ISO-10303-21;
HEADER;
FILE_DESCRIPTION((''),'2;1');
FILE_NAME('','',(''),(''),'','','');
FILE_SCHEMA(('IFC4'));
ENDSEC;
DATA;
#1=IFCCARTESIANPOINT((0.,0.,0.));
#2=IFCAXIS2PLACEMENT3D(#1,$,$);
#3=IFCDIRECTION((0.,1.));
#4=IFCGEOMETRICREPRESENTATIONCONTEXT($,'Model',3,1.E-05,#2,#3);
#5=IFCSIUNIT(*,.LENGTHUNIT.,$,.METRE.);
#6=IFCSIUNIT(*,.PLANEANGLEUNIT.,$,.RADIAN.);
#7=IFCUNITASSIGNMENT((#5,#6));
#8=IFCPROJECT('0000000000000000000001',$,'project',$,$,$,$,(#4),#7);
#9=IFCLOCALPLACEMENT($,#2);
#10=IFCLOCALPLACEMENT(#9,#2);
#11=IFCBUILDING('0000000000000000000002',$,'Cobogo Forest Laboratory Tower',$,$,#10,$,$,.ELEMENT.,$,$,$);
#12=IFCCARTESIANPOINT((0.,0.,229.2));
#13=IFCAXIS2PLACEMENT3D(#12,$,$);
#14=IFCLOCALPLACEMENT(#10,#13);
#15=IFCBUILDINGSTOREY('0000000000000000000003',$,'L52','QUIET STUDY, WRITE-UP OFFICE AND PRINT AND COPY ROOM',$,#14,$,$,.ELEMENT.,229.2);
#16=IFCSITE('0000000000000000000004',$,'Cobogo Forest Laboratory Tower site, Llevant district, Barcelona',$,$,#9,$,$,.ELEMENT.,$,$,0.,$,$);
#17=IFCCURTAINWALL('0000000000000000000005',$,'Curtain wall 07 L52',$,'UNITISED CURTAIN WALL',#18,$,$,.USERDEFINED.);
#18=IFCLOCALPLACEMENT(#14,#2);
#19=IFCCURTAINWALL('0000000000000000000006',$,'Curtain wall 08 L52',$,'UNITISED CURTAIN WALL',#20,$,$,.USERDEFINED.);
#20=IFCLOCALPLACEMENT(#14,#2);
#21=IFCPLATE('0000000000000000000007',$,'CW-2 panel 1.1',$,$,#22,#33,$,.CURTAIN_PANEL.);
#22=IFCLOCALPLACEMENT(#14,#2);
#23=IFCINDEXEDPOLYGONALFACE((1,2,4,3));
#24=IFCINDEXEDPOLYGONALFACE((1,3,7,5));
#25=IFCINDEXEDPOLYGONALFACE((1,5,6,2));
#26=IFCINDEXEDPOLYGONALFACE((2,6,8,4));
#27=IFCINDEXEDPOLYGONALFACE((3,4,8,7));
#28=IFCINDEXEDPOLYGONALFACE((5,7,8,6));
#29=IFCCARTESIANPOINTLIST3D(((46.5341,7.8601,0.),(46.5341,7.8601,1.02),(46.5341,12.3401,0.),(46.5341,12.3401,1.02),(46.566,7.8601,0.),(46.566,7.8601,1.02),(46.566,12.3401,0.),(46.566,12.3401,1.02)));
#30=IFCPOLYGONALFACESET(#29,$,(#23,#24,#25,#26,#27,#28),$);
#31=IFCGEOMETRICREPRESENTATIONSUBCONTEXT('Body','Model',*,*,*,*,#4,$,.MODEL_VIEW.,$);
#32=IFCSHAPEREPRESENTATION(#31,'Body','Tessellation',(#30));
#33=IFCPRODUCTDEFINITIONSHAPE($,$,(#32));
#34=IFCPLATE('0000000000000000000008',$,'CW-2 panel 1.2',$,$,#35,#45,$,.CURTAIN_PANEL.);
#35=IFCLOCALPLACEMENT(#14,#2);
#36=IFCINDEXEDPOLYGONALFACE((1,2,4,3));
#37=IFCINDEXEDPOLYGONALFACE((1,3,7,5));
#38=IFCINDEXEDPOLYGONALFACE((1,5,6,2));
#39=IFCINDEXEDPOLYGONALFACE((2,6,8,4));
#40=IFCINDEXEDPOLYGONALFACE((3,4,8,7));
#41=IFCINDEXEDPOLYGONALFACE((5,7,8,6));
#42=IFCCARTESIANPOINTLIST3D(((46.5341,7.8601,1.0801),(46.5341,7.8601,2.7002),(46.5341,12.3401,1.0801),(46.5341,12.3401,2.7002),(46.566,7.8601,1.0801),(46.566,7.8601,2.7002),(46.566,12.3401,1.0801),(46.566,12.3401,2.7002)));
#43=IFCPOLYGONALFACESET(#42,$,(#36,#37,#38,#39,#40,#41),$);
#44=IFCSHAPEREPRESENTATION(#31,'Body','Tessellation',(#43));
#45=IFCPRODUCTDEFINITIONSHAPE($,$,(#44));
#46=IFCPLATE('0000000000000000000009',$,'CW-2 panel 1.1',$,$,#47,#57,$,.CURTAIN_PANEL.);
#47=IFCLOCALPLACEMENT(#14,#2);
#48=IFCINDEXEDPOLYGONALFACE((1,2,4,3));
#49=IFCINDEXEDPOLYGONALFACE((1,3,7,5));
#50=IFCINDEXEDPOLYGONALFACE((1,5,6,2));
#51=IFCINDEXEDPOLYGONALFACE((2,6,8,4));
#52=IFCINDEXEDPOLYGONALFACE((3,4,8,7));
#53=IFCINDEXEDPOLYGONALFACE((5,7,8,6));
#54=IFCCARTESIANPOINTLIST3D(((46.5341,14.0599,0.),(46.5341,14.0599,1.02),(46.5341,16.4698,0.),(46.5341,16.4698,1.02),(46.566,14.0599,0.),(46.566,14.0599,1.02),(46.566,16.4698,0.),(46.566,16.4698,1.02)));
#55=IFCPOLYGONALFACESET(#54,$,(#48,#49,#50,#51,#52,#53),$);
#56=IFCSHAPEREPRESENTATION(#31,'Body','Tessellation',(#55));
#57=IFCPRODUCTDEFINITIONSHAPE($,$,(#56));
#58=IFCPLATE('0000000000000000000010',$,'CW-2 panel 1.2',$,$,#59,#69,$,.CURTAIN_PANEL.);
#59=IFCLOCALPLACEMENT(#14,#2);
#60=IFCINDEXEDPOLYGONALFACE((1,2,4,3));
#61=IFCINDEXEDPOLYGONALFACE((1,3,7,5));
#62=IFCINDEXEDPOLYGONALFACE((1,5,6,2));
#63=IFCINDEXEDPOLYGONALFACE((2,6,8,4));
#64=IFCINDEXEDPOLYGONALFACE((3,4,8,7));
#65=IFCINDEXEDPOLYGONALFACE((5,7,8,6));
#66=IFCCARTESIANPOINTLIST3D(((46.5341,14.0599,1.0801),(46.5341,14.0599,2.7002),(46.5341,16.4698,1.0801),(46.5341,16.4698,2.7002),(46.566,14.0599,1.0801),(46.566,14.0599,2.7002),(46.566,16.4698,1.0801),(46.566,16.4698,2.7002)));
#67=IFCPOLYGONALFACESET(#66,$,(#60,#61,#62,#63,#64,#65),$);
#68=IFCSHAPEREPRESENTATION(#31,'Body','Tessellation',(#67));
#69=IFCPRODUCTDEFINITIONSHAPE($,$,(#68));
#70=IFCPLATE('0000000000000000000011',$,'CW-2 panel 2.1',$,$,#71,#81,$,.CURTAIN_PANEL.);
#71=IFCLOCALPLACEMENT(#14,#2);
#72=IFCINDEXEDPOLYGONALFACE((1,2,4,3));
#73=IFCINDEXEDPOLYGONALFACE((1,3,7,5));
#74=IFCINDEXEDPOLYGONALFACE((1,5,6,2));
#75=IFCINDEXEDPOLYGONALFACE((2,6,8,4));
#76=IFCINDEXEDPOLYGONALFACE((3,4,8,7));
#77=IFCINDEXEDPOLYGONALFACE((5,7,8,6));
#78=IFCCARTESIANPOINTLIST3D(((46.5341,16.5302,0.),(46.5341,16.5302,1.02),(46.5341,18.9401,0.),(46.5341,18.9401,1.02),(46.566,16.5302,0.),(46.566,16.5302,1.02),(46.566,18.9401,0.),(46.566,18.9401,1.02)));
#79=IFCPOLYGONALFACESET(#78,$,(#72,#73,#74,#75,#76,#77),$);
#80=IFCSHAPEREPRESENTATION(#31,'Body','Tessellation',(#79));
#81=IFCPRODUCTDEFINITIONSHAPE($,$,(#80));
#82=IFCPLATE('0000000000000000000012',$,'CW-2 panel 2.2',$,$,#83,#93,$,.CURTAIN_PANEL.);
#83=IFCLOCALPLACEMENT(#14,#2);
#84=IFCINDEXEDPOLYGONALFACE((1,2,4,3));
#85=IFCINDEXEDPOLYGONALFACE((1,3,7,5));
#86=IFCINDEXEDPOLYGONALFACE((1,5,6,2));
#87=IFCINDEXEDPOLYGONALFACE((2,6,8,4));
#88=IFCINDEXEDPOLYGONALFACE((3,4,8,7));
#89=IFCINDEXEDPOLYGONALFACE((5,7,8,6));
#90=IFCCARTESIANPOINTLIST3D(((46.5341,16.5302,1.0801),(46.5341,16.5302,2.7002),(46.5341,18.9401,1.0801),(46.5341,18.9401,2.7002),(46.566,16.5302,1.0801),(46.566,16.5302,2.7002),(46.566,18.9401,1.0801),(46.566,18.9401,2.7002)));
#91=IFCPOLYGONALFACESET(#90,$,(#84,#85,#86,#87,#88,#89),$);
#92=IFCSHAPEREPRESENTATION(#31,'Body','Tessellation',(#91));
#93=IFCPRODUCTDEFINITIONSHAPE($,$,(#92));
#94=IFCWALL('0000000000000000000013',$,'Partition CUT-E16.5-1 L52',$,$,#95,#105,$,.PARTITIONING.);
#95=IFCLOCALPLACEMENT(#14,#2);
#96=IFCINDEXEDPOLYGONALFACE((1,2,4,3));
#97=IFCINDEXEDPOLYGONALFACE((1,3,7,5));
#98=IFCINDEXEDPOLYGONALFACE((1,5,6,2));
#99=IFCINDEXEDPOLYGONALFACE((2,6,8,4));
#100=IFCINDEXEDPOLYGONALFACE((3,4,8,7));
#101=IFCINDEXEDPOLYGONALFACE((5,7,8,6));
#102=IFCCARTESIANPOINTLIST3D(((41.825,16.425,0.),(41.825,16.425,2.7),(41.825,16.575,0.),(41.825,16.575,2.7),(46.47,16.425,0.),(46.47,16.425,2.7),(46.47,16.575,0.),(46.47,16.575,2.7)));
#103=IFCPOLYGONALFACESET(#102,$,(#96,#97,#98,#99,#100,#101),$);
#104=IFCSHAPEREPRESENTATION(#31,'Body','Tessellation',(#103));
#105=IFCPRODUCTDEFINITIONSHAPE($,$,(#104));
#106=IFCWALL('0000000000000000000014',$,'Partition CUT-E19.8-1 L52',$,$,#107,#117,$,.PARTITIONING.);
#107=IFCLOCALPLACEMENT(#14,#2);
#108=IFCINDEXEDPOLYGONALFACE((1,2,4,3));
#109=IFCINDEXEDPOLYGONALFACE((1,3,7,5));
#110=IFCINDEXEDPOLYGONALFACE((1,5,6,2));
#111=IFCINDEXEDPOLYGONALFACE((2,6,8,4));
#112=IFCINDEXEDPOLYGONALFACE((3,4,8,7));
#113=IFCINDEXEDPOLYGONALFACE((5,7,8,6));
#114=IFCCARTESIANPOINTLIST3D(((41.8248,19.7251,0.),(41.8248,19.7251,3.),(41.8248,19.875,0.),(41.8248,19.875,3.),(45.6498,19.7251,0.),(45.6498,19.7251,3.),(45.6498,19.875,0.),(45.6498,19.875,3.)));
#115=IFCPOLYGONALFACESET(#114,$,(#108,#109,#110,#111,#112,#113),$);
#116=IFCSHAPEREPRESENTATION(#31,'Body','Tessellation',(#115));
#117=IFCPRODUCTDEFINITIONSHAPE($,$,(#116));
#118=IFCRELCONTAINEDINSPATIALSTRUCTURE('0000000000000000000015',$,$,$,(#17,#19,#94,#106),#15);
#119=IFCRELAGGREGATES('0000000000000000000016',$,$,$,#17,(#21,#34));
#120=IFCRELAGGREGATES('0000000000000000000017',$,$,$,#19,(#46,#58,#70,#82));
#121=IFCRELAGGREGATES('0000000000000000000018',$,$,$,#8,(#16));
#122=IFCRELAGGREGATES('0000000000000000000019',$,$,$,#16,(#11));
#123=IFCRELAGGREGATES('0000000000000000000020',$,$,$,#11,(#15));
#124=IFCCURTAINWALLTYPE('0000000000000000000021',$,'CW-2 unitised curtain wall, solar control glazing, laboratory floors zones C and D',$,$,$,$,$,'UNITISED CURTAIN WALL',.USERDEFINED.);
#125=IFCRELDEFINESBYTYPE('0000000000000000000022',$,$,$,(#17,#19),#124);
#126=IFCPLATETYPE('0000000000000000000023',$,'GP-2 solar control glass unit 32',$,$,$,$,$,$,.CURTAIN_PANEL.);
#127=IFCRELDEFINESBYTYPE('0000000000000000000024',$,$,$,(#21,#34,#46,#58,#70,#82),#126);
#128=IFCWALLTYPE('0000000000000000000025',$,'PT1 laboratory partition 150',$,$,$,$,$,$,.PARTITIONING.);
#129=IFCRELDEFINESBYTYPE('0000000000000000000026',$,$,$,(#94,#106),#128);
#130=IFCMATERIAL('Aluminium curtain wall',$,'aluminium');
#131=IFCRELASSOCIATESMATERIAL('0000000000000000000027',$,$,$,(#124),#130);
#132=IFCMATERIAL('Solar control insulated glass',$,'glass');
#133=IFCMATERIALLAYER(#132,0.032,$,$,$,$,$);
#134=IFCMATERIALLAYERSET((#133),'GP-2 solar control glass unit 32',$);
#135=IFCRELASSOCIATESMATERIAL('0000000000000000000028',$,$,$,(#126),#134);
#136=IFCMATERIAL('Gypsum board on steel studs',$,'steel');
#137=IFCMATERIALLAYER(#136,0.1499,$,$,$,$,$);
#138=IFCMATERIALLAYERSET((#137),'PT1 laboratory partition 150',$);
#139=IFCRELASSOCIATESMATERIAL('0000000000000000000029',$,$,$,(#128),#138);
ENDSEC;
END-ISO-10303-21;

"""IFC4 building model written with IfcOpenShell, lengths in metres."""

from ifc_helpers import new_model, si_unit, direction, frame, frame_2d, origin, origin_2d, place, context, subcontext, project, spatial, rectangle, extrude, material, layer, layer_set, type_object, element, aggregate, save


model = new_model("IFC4")

# Units and contexts
model_context = context("Model", 3, precision=1e-05, world=origin(), true_north=direction((0.0, 1.0)))
body_context = subcontext(model_context, "Body", "Model", "MODEL_VIEW")
ifc_project = project(units=[si_unit("LENGTHUNIT", "METRE"), si_unit("PLANEANGLEUNIT", "RADIAN")], contexts=[model_context])

# Site, building, storey
site_placement = place(None, origin())
site = spatial("IfcSite", under=ifc_project, at=site_placement, Name="Cobogo Forest Laboratory Tower site, Llevant district, Barcelona", CompositionType="ELEMENT", RefElevation=0.0)
building_placement = place(site_placement, origin())
building = spatial("IfcBuilding", under=site, at=building_placement, Name="Cobogo Forest Laboratory Tower", CompositionType="ELEMENT")
storey_placement = place(building_placement, frame((0.0, 0.0, 229.2)))
storey = spatial("IfcBuildingStorey", under=building, at=storey_placement, Name="L52", Description="QUIET STUDY, WRITE-UP OFFICE AND PRINT AND COPY ROOM", CompositionType="ELEMENT", Elevation=229.2)

# Curtain walls
ifc_material_1 = material(Name="Aluminium curtain wall", Category="aluminium")
curtain_wall_type = type_object("IfcCurtainWallType", Name="CW-2 unitised curtain wall, solar control glazing, laboratory floors zones C and D", ElementType="UNITISED CURTAIN WALL", PredefinedType="USERDEFINED", material=ifc_material_1)
curtain_wall_1_placement = place(storey_placement, origin())
curtain_wall_1 = element("IfcCurtainWall", 1, at=curtain_wall_1_placement, inside=storey, type_object=curtain_wall_type, Name="Curtain wall 07 L52", ObjectType="UNITISED CURTAIN WALL", PredefinedType="USERDEFINED")
curtain_wall_2_placement = place(storey_placement, origin())
curtain_wall_2 = element("IfcCurtainWall", 2, at=curtain_wall_2_placement, inside=storey, type_object=curtain_wall_type, Name="Curtain wall 08 L52", ObjectType="UNITISED CURTAIN WALL", PredefinedType="USERDEFINED")

# Plates
ifc_material_2 = material(Name="Solar control insulated glass", Category="glass")
ifc_layer_1 = layer(ifc_material_2, 0.032)
ifc_layer_set_1 = layer_set([ifc_layer_1], Name="GP-2 solar control glass unit 32")
plate_type_1 = type_object("IfcPlateType", Name="GP-2 solar control glass unit 32", PredefinedType="CURTAIN_PANEL", material=ifc_layer_set_1)
plate_1_placement = place(storey_placement, frame((46.55, 10.1001, 0.0), z_axis=(0.0, 0.0, 1.0), x_axis=(0.0, 1.0, 0.0)))
plate_1 = element("IfcPlate", 3, at=plate_1_placement, type_object=plate_type_1, Name="CW-2 panel 1.1", PredefinedType="CURTAIN_PANEL", context=body_context, shape_type="SweptSolid", body=[
    extrude(rectangle(XDim=4.48, YDim=0.032, at=origin_2d()), origin(), (0.0, 0.0, 1.0), 1.02),
])
plate_2_placement = place(storey_placement, frame((46.55, 10.1001, 1.0801), z_axis=(0.0, 0.0, 1.0), x_axis=(0.0, 1.0, 0.0)))
plate_2 = element("IfcPlate", 4, at=plate_2_placement, type_object=plate_type_1, Name="CW-2 panel 1.2", PredefinedType="CURTAIN_PANEL", context=body_context, shape_type="SweptSolid", body=[
    extrude(rectangle(XDim=4.48, YDim=0.032, at=origin_2d()), origin(), (0.0, 0.0, 1.0), 1.6201),
])
aggregate(curtain_wall_1, [plate_1, plate_2])
plate_3_placement = place(storey_placement, frame((46.55, 15.2649, 0.0), z_axis=(0.0, 0.0, 1.0), x_axis=(0.0, 1.0, 0.0)))
plate_3 = element("IfcPlate", 5, at=plate_3_placement, type_object=plate_type_1, Name="CW-2 panel 1.1", PredefinedType="CURTAIN_PANEL", context=body_context, shape_type="SweptSolid", body=[
    extrude(rectangle(XDim=2.4099, YDim=0.032, at=origin_2d()), origin(), (0.0, 0.0, 1.0), 1.02),
])
plate_4_placement = place(storey_placement, frame((46.55, 15.2649, 1.0801), z_axis=(0.0, 0.0, 1.0), x_axis=(0.0, 1.0, 0.0)))
plate_4 = element("IfcPlate", 6, at=plate_4_placement, type_object=plate_type_1, Name="CW-2 panel 1.2", PredefinedType="CURTAIN_PANEL", context=body_context, shape_type="SweptSolid", body=[
    extrude(rectangle(XDim=2.4099, YDim=0.032, at=origin_2d()), origin(), (0.0, 0.0, 1.0), 1.6201),
])
plate_5_placement = place(storey_placement, frame((46.55, 17.7351, 0.0), z_axis=(0.0, 0.0, 1.0), x_axis=(0.0, 1.0, 0.0)))
plate_5 = element("IfcPlate", 7, at=plate_5_placement, type_object=plate_type_1, Name="CW-2 panel 2.1", PredefinedType="CURTAIN_PANEL", context=body_context, shape_type="SweptSolid", body=[
    extrude(rectangle(XDim=2.4099, YDim=0.032, at=origin_2d()), origin(), (0.0, 0.0, 1.0), 1.02),
])
plate_6_placement = place(storey_placement, frame((46.55, 17.7351, 1.0801), z_axis=(0.0, 0.0, 1.0), x_axis=(0.0, 1.0, 0.0)))
plate_6 = element("IfcPlate", 8, at=plate_6_placement, type_object=plate_type_1, Name="CW-2 panel 2.2", PredefinedType="CURTAIN_PANEL", context=body_context, shape_type="SweptSolid", body=[
    extrude(rectangle(XDim=2.4099, YDim=0.032, at=origin_2d()), origin(), (0.0, 0.0, 1.0), 1.6201),
])
aggregate(curtain_wall_2, [plate_3, plate_4, plate_5, plate_6])

# Walls
ifc_material_3 = material(Name="Gypsum board on steel studs", Category="steel")
ifc_layer_2 = layer(ifc_material_3, 0.1499)
ifc_layer_set_2 = layer_set([ifc_layer_2], Name="PT1 laboratory partition 150")
wall_type_1 = type_object("IfcWallType", Name="PT1 laboratory partition 150", PredefinedType="PARTITIONING", material=ifc_layer_set_2)
wall_1_placement = place(storey_placement, frame((46.47, 16.5, 0.0), z_axis=(0.0, 0.0, 1.0), x_axis=(-1.0, 0.0, 0.0)))
element("IfcWall", 9, at=wall_1_placement, inside=storey, type_object=wall_type_1, Name="Partition CUT-E16.5-1 L52", PredefinedType="PARTITIONING", context=body_context, shape_type="SweptSolid", body=[
    extrude(rectangle(XDim=4.645, YDim=0.1499, at=frame_2d((2.3225, 0.0))), origin(), (0.0, 0.0, 1.0), 2.7),
])
wall_2_placement = place(storey_placement, frame((45.6499, 19.8, 0.0), z_axis=(0.0, 0.0, 1.0), x_axis=(-1.0, 0.0, 0.0)))
element("IfcWall", 10, at=wall_2_placement, inside=storey, type_object=wall_type_1, Name="Partition CUT-E19.8-1 L52", PredefinedType="PARTITIONING", context=body_context, shape_type="SweptSolid", body=[
    extrude(rectangle(XDim=3.825, YDim=0.1499, at=frame_2d((1.9126, 0.0))), origin(), (0.0, 0.0, 1.0), 3.0),
])

save(model, "model.ifc")
